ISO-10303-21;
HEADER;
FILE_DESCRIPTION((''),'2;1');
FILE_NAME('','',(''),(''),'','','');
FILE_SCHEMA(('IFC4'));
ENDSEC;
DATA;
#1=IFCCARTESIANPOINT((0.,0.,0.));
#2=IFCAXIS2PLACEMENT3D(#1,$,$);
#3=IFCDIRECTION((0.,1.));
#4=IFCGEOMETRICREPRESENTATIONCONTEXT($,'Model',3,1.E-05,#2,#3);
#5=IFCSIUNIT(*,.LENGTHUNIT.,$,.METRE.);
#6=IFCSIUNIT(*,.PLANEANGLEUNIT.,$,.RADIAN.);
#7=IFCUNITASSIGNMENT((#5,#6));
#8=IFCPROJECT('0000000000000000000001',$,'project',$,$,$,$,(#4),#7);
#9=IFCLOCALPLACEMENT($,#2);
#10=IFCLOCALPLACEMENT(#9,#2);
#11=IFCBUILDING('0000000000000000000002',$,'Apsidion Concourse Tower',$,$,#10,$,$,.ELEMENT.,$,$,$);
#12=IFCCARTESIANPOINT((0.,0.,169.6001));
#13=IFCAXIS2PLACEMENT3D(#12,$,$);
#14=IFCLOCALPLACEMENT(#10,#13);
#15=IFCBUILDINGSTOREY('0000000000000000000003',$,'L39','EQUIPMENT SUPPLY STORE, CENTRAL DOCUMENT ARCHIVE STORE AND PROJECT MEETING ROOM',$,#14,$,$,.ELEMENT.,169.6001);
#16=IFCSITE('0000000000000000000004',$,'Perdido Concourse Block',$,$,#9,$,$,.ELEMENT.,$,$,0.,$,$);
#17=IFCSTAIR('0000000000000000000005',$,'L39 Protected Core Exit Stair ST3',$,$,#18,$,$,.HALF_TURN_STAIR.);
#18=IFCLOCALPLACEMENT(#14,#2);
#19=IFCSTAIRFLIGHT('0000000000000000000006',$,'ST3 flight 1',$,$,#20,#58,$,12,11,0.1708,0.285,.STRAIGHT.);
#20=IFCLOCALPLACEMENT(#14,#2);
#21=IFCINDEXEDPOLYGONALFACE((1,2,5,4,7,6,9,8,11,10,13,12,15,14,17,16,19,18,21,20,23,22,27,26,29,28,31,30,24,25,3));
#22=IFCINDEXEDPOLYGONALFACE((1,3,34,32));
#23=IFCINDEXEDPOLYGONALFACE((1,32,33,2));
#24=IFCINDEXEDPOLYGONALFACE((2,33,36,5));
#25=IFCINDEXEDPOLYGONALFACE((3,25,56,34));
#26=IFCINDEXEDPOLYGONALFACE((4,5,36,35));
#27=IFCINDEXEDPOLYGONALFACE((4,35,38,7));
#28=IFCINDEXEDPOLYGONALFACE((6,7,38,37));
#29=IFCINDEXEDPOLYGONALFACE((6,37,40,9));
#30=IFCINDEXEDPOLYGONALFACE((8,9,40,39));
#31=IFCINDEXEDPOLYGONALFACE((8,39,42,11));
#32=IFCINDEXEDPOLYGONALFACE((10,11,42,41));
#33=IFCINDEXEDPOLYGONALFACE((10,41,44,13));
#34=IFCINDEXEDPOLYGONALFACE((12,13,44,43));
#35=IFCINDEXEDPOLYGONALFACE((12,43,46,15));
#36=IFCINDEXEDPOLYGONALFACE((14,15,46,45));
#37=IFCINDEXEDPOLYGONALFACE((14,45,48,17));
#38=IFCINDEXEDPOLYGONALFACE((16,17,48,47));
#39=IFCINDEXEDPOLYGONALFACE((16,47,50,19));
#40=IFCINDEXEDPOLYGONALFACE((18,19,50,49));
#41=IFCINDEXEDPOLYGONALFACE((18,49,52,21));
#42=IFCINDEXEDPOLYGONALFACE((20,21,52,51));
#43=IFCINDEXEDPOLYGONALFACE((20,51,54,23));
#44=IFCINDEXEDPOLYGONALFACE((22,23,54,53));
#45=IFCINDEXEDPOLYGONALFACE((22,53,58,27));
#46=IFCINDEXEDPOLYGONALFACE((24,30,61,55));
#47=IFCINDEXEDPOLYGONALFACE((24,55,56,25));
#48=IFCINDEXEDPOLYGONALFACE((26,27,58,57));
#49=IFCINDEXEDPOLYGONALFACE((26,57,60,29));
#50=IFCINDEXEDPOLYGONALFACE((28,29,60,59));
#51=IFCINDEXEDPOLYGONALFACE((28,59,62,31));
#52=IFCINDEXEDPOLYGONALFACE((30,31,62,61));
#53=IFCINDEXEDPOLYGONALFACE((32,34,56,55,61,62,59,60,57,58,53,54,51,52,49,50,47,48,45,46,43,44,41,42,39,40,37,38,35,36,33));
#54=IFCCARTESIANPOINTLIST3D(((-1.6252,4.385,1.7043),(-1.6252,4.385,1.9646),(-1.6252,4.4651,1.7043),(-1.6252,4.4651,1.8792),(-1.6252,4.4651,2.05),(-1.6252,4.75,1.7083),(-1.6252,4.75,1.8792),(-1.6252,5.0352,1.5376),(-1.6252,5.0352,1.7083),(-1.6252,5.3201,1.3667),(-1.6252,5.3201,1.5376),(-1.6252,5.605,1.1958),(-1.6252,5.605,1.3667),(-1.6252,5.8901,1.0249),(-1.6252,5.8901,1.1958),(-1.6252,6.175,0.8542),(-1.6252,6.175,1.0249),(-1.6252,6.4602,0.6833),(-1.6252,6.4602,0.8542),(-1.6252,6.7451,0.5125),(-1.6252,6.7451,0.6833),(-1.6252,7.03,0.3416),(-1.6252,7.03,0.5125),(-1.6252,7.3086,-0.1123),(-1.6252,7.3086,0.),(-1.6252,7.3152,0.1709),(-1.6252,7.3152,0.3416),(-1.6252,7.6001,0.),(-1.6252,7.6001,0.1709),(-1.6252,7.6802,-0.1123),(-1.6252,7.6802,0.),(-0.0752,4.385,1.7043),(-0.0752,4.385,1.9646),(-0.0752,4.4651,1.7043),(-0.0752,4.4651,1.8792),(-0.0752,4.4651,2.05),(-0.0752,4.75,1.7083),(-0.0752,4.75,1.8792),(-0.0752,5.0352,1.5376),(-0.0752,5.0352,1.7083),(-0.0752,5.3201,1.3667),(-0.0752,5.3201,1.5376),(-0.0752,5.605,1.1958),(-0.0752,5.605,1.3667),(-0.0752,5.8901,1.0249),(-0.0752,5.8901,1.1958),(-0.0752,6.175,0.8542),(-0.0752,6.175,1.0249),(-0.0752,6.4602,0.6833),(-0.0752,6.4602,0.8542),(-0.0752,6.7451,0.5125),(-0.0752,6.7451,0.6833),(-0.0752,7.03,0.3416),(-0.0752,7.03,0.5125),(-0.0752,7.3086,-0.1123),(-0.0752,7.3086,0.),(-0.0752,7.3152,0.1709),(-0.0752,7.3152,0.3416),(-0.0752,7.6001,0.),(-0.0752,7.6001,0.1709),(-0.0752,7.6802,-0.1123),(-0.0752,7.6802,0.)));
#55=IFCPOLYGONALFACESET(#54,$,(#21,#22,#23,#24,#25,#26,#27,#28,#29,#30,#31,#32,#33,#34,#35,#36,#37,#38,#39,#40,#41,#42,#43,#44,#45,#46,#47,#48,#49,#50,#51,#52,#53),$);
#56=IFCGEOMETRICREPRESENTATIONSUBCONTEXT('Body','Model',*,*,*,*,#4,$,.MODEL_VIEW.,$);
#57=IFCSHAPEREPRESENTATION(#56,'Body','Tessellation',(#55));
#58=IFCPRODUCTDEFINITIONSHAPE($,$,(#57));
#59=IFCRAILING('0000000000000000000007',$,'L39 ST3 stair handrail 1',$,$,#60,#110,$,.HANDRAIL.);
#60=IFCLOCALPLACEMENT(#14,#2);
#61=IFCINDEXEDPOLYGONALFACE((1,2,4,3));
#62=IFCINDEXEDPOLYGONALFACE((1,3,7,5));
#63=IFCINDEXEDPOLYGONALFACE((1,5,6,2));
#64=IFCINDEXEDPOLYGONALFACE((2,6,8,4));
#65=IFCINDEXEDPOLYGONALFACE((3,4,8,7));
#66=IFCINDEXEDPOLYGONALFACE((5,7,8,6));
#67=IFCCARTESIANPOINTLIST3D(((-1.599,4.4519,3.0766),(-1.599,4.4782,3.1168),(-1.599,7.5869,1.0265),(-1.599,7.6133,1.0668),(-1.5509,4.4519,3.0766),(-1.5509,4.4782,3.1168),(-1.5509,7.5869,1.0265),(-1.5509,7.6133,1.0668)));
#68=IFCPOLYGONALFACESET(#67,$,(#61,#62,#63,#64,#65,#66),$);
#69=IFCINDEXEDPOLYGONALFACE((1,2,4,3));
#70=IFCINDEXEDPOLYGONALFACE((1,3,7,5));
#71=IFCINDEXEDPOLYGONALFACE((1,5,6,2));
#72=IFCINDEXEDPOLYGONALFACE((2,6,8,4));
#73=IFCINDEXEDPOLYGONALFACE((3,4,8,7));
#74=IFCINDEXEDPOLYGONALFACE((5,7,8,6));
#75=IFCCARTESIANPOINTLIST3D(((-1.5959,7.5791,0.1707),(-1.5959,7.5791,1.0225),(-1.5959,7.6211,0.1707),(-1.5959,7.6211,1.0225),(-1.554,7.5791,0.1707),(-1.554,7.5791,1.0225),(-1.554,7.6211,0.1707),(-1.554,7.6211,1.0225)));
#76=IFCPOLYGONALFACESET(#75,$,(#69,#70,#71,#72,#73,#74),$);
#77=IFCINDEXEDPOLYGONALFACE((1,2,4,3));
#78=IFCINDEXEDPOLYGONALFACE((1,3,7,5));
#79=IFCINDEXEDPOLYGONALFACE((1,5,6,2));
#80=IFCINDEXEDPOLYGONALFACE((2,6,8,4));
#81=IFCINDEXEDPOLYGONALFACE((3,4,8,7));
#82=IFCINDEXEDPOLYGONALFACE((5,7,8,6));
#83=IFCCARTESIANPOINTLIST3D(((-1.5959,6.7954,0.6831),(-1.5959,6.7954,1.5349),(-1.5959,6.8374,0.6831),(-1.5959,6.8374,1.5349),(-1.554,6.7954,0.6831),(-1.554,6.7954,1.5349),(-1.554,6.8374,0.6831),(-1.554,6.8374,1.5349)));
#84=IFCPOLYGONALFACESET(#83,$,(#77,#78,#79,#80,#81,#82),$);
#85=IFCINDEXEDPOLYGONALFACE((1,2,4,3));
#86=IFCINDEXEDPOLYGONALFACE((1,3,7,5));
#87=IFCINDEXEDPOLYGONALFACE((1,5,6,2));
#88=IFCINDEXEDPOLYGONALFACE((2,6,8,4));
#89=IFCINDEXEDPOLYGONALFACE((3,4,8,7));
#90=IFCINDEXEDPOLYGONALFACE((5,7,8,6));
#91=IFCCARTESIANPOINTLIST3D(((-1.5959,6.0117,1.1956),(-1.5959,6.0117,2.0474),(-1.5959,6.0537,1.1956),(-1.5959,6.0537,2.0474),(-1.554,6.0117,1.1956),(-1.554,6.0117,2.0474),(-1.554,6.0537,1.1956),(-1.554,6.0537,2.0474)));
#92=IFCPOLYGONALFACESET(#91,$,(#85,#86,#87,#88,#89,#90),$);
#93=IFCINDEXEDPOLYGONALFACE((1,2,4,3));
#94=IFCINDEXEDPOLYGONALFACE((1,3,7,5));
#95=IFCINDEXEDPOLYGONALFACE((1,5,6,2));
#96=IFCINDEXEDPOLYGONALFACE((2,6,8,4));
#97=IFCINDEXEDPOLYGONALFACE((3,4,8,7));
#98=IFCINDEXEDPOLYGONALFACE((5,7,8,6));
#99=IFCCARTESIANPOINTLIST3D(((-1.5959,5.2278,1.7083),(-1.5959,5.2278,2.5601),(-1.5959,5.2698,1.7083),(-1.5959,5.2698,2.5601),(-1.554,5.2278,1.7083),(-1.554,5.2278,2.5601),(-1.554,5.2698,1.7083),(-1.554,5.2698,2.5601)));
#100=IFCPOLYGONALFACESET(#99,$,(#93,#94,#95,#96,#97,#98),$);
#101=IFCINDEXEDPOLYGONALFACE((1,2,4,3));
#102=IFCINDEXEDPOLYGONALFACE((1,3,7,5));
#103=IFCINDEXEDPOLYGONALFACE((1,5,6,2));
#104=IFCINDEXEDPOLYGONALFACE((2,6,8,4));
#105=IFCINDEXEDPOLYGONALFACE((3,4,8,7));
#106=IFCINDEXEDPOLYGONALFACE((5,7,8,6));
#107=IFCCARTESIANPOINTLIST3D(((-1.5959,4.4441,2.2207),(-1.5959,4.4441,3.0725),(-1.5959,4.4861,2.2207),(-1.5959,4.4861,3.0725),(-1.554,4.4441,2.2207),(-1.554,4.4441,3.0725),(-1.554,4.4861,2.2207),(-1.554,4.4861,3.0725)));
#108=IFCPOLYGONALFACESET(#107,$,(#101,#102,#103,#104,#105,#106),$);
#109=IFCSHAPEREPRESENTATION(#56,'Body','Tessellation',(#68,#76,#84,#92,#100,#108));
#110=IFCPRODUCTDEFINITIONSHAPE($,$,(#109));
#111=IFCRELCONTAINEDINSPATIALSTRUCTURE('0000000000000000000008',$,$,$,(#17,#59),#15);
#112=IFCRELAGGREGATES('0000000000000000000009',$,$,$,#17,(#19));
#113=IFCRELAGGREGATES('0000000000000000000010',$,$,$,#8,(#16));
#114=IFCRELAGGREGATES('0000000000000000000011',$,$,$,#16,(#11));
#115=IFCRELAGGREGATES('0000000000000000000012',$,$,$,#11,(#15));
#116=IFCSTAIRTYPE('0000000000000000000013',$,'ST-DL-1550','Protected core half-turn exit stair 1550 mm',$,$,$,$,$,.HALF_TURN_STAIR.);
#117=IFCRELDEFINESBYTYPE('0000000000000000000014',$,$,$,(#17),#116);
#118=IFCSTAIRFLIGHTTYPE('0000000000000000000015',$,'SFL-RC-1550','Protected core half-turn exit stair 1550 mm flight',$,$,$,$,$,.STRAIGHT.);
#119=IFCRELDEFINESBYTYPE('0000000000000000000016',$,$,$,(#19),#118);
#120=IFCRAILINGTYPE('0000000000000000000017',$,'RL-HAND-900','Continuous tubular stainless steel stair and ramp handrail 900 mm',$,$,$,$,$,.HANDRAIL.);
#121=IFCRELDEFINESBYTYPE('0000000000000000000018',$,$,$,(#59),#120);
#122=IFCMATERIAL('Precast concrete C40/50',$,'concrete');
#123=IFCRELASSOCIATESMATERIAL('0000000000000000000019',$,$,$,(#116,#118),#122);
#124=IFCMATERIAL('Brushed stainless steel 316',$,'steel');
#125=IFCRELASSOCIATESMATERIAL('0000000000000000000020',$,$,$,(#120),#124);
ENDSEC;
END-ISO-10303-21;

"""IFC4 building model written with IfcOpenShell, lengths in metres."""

from ifc_helpers import new_model, si_unit, direction, frame, origin, origin_2d, place, context, subcontext, project, spatial, polyline, rectangle, outline, extrude, material, type_object, element, aggregate, save


model = new_model("IFC4")

# Units and contexts
model_context = context("Model", 3, precision=1e-05, world=origin(), true_north=direction((0.0, 1.0)))
body_context = subcontext(model_context, "Body", "Model", "MODEL_VIEW")
ifc_project = project(units=[si_unit("LENGTHUNIT", "METRE"), si_unit("PLANEANGLEUNIT", "RADIAN")], contexts=[model_context])

# Site, building, storey
site_placement = place(None, origin())
site = spatial("IfcSite", under=ifc_project, at=site_placement, Name="Perdido Concourse Block", CompositionType="ELEMENT", RefElevation=0.0)
building_placement = place(site_placement, origin())
building = spatial("IfcBuilding", under=site, at=building_placement, Name="Apsidion Concourse Tower", CompositionType="ELEMENT")
storey_placement = place(building_placement, frame((0.0, 0.0, 169.6001)))
storey = spatial("IfcBuildingStorey", under=building, at=storey_placement, Name="L39", Description="EQUIPMENT SUPPLY STORE, CENTRAL DOCUMENT ARCHIVE STORE AND PROJECT MEETING ROOM", CompositionType="ELEMENT", Elevation=169.6001)

# Shared definitions
ifc_material_1 = material(Name="Brushed stainless steel 316", Category="steel")

# Stair, stair flight
ifc_material_2 = material(Name="Precast concrete C40/50", Category="concrete")
stair_type = type_object("IfcStairType", Name="ST-DL-1550", Description="Protected core half-turn exit stair 1550 mm", PredefinedType="HALF_TURN_STAIR", material=ifc_material_2)
stair_placement = place(storey_placement, origin())
stair = element("IfcStair", 1, at=stair_placement, inside=storey, type_object=stair_type, Name="L39 Protected Core Exit Stair ST3", PredefinedType="HALF_TURN_STAIR")
stair_flight_type = type_object("IfcStairFlightType", Name="SFL-RC-1550", Description="Protected core half-turn exit stair 1550 mm flight", PredefinedType="STRAIGHT", material=ifc_material_2)
stair_flight_placement = place(storey_placement, frame((-0.8501, 7.6001, 0.0), z_axis=(0.0, 0.0, 1.0), x_axis=(0.0, -1.0, 0.0)))
stair_flight = element("IfcStairFlight", 2, at=stair_flight_placement, type_object=stair_flight_type, Name="ST3 flight 1", NumberOfRisers=12, NumberOfTreads=11, PredefinedType="STRAIGHT", RiserHeight=0.1708, TreadLength=0.285, context=body_context, shape_type="SweptSolid", body=[
    extrude(outline(polyline([(-0.0801, -0.1123), (-0.0801, 0.0), (0.0, 0.0), (0.0, 0.1709), (0.2849, 0.1709), (0.2849, 0.3416), (0.5701, 0.3416), (0.5701, 0.5125), (0.855, 0.5125), (0.855, 0.6833), (1.1399, 0.6833), (1.1399, 0.8542), (1.425, 0.8542), (1.425, 1.0249), (1.71, 1.0249), (1.71, 1.1958), (1.9951, 1.1958), (1.9951, 1.3667), (2.28, 1.3667), (2.28, 1.5376), (2.5649, 1.5376), (2.5649, 1.7083), (2.8501, 1.7083), (2.8501, 1.8792), (3.135, 1.8792), (3.135, 2.05), (3.2151, 1.9646), (3.2151, 1.7043), (3.135, 1.7043), (0.2915, 0.0), (0.2915, -0.1123), (-0.0801, -0.1123)])), frame((0.0, 0.7749, 0.0), z_axis=(0.0, -1.0, 0.0), x_axis=(1.0, 0.0, 0.0)), (0.0, 0.0, 1.0), 1.55),
])
aggregate(stair, [stair_flight])

# Railing
railing_type = type_object("IfcRailingType", Name="RL-HAND-900", Description="Continuous tubular stainless steel stair and ramp handrail 900 mm", PredefinedType="HANDRAIL", material=ifc_material_1)
railing_placement = place(storey_placement, frame((-1.575, 7.6001, 0.1707)))
element("IfcRailing", 3, at=railing_placement, inside=storey, type_object=railing_type, Name="L39 ST3 stair handrail 1", PredefinedType="HANDRAIL", context=body_context, shape_type="SweptSolid", body=[
    extrude(rectangle(XDim=0.0481, YDim=0.0481, at=origin_2d()), frame((0.0, 0.0, 0.876), z_axis=(0.0, -0.836941, 0.547293), x_axis=(1.0, 0.0, 0.0)), (0.0, 0.0, 1.0), 3.7458),
    extrude(rectangle(XDim=0.042, YDim=0.042, at=origin_2d()), origin(), (0.0, 0.0, 1.0), 0.8518),
    extrude(rectangle(XDim=0.042, YDim=0.042, at=origin_2d()), frame((0.0, -0.7837, 0.5125)), (0.0, 0.0, 1.0), 0.8518),
    extrude(rectangle(XDim=0.042, YDim=0.042, at=origin_2d()), frame((0.0, -1.5674, 1.0249)), (0.0, 0.0, 1.0), 0.8518),
    extrude(rectangle(XDim=0.042, YDim=0.042, at=origin_2d()), frame((0.0, -2.3513, 1.5376)), (0.0, 0.0, 1.0), 0.8518),
    extrude(rectangle(XDim=0.042, YDim=0.042, at=origin_2d()), frame((0.0, -3.135, 2.05)), (0.0, 0.0, 1.0), 0.8518),
])

save(model, "model.ifc")
